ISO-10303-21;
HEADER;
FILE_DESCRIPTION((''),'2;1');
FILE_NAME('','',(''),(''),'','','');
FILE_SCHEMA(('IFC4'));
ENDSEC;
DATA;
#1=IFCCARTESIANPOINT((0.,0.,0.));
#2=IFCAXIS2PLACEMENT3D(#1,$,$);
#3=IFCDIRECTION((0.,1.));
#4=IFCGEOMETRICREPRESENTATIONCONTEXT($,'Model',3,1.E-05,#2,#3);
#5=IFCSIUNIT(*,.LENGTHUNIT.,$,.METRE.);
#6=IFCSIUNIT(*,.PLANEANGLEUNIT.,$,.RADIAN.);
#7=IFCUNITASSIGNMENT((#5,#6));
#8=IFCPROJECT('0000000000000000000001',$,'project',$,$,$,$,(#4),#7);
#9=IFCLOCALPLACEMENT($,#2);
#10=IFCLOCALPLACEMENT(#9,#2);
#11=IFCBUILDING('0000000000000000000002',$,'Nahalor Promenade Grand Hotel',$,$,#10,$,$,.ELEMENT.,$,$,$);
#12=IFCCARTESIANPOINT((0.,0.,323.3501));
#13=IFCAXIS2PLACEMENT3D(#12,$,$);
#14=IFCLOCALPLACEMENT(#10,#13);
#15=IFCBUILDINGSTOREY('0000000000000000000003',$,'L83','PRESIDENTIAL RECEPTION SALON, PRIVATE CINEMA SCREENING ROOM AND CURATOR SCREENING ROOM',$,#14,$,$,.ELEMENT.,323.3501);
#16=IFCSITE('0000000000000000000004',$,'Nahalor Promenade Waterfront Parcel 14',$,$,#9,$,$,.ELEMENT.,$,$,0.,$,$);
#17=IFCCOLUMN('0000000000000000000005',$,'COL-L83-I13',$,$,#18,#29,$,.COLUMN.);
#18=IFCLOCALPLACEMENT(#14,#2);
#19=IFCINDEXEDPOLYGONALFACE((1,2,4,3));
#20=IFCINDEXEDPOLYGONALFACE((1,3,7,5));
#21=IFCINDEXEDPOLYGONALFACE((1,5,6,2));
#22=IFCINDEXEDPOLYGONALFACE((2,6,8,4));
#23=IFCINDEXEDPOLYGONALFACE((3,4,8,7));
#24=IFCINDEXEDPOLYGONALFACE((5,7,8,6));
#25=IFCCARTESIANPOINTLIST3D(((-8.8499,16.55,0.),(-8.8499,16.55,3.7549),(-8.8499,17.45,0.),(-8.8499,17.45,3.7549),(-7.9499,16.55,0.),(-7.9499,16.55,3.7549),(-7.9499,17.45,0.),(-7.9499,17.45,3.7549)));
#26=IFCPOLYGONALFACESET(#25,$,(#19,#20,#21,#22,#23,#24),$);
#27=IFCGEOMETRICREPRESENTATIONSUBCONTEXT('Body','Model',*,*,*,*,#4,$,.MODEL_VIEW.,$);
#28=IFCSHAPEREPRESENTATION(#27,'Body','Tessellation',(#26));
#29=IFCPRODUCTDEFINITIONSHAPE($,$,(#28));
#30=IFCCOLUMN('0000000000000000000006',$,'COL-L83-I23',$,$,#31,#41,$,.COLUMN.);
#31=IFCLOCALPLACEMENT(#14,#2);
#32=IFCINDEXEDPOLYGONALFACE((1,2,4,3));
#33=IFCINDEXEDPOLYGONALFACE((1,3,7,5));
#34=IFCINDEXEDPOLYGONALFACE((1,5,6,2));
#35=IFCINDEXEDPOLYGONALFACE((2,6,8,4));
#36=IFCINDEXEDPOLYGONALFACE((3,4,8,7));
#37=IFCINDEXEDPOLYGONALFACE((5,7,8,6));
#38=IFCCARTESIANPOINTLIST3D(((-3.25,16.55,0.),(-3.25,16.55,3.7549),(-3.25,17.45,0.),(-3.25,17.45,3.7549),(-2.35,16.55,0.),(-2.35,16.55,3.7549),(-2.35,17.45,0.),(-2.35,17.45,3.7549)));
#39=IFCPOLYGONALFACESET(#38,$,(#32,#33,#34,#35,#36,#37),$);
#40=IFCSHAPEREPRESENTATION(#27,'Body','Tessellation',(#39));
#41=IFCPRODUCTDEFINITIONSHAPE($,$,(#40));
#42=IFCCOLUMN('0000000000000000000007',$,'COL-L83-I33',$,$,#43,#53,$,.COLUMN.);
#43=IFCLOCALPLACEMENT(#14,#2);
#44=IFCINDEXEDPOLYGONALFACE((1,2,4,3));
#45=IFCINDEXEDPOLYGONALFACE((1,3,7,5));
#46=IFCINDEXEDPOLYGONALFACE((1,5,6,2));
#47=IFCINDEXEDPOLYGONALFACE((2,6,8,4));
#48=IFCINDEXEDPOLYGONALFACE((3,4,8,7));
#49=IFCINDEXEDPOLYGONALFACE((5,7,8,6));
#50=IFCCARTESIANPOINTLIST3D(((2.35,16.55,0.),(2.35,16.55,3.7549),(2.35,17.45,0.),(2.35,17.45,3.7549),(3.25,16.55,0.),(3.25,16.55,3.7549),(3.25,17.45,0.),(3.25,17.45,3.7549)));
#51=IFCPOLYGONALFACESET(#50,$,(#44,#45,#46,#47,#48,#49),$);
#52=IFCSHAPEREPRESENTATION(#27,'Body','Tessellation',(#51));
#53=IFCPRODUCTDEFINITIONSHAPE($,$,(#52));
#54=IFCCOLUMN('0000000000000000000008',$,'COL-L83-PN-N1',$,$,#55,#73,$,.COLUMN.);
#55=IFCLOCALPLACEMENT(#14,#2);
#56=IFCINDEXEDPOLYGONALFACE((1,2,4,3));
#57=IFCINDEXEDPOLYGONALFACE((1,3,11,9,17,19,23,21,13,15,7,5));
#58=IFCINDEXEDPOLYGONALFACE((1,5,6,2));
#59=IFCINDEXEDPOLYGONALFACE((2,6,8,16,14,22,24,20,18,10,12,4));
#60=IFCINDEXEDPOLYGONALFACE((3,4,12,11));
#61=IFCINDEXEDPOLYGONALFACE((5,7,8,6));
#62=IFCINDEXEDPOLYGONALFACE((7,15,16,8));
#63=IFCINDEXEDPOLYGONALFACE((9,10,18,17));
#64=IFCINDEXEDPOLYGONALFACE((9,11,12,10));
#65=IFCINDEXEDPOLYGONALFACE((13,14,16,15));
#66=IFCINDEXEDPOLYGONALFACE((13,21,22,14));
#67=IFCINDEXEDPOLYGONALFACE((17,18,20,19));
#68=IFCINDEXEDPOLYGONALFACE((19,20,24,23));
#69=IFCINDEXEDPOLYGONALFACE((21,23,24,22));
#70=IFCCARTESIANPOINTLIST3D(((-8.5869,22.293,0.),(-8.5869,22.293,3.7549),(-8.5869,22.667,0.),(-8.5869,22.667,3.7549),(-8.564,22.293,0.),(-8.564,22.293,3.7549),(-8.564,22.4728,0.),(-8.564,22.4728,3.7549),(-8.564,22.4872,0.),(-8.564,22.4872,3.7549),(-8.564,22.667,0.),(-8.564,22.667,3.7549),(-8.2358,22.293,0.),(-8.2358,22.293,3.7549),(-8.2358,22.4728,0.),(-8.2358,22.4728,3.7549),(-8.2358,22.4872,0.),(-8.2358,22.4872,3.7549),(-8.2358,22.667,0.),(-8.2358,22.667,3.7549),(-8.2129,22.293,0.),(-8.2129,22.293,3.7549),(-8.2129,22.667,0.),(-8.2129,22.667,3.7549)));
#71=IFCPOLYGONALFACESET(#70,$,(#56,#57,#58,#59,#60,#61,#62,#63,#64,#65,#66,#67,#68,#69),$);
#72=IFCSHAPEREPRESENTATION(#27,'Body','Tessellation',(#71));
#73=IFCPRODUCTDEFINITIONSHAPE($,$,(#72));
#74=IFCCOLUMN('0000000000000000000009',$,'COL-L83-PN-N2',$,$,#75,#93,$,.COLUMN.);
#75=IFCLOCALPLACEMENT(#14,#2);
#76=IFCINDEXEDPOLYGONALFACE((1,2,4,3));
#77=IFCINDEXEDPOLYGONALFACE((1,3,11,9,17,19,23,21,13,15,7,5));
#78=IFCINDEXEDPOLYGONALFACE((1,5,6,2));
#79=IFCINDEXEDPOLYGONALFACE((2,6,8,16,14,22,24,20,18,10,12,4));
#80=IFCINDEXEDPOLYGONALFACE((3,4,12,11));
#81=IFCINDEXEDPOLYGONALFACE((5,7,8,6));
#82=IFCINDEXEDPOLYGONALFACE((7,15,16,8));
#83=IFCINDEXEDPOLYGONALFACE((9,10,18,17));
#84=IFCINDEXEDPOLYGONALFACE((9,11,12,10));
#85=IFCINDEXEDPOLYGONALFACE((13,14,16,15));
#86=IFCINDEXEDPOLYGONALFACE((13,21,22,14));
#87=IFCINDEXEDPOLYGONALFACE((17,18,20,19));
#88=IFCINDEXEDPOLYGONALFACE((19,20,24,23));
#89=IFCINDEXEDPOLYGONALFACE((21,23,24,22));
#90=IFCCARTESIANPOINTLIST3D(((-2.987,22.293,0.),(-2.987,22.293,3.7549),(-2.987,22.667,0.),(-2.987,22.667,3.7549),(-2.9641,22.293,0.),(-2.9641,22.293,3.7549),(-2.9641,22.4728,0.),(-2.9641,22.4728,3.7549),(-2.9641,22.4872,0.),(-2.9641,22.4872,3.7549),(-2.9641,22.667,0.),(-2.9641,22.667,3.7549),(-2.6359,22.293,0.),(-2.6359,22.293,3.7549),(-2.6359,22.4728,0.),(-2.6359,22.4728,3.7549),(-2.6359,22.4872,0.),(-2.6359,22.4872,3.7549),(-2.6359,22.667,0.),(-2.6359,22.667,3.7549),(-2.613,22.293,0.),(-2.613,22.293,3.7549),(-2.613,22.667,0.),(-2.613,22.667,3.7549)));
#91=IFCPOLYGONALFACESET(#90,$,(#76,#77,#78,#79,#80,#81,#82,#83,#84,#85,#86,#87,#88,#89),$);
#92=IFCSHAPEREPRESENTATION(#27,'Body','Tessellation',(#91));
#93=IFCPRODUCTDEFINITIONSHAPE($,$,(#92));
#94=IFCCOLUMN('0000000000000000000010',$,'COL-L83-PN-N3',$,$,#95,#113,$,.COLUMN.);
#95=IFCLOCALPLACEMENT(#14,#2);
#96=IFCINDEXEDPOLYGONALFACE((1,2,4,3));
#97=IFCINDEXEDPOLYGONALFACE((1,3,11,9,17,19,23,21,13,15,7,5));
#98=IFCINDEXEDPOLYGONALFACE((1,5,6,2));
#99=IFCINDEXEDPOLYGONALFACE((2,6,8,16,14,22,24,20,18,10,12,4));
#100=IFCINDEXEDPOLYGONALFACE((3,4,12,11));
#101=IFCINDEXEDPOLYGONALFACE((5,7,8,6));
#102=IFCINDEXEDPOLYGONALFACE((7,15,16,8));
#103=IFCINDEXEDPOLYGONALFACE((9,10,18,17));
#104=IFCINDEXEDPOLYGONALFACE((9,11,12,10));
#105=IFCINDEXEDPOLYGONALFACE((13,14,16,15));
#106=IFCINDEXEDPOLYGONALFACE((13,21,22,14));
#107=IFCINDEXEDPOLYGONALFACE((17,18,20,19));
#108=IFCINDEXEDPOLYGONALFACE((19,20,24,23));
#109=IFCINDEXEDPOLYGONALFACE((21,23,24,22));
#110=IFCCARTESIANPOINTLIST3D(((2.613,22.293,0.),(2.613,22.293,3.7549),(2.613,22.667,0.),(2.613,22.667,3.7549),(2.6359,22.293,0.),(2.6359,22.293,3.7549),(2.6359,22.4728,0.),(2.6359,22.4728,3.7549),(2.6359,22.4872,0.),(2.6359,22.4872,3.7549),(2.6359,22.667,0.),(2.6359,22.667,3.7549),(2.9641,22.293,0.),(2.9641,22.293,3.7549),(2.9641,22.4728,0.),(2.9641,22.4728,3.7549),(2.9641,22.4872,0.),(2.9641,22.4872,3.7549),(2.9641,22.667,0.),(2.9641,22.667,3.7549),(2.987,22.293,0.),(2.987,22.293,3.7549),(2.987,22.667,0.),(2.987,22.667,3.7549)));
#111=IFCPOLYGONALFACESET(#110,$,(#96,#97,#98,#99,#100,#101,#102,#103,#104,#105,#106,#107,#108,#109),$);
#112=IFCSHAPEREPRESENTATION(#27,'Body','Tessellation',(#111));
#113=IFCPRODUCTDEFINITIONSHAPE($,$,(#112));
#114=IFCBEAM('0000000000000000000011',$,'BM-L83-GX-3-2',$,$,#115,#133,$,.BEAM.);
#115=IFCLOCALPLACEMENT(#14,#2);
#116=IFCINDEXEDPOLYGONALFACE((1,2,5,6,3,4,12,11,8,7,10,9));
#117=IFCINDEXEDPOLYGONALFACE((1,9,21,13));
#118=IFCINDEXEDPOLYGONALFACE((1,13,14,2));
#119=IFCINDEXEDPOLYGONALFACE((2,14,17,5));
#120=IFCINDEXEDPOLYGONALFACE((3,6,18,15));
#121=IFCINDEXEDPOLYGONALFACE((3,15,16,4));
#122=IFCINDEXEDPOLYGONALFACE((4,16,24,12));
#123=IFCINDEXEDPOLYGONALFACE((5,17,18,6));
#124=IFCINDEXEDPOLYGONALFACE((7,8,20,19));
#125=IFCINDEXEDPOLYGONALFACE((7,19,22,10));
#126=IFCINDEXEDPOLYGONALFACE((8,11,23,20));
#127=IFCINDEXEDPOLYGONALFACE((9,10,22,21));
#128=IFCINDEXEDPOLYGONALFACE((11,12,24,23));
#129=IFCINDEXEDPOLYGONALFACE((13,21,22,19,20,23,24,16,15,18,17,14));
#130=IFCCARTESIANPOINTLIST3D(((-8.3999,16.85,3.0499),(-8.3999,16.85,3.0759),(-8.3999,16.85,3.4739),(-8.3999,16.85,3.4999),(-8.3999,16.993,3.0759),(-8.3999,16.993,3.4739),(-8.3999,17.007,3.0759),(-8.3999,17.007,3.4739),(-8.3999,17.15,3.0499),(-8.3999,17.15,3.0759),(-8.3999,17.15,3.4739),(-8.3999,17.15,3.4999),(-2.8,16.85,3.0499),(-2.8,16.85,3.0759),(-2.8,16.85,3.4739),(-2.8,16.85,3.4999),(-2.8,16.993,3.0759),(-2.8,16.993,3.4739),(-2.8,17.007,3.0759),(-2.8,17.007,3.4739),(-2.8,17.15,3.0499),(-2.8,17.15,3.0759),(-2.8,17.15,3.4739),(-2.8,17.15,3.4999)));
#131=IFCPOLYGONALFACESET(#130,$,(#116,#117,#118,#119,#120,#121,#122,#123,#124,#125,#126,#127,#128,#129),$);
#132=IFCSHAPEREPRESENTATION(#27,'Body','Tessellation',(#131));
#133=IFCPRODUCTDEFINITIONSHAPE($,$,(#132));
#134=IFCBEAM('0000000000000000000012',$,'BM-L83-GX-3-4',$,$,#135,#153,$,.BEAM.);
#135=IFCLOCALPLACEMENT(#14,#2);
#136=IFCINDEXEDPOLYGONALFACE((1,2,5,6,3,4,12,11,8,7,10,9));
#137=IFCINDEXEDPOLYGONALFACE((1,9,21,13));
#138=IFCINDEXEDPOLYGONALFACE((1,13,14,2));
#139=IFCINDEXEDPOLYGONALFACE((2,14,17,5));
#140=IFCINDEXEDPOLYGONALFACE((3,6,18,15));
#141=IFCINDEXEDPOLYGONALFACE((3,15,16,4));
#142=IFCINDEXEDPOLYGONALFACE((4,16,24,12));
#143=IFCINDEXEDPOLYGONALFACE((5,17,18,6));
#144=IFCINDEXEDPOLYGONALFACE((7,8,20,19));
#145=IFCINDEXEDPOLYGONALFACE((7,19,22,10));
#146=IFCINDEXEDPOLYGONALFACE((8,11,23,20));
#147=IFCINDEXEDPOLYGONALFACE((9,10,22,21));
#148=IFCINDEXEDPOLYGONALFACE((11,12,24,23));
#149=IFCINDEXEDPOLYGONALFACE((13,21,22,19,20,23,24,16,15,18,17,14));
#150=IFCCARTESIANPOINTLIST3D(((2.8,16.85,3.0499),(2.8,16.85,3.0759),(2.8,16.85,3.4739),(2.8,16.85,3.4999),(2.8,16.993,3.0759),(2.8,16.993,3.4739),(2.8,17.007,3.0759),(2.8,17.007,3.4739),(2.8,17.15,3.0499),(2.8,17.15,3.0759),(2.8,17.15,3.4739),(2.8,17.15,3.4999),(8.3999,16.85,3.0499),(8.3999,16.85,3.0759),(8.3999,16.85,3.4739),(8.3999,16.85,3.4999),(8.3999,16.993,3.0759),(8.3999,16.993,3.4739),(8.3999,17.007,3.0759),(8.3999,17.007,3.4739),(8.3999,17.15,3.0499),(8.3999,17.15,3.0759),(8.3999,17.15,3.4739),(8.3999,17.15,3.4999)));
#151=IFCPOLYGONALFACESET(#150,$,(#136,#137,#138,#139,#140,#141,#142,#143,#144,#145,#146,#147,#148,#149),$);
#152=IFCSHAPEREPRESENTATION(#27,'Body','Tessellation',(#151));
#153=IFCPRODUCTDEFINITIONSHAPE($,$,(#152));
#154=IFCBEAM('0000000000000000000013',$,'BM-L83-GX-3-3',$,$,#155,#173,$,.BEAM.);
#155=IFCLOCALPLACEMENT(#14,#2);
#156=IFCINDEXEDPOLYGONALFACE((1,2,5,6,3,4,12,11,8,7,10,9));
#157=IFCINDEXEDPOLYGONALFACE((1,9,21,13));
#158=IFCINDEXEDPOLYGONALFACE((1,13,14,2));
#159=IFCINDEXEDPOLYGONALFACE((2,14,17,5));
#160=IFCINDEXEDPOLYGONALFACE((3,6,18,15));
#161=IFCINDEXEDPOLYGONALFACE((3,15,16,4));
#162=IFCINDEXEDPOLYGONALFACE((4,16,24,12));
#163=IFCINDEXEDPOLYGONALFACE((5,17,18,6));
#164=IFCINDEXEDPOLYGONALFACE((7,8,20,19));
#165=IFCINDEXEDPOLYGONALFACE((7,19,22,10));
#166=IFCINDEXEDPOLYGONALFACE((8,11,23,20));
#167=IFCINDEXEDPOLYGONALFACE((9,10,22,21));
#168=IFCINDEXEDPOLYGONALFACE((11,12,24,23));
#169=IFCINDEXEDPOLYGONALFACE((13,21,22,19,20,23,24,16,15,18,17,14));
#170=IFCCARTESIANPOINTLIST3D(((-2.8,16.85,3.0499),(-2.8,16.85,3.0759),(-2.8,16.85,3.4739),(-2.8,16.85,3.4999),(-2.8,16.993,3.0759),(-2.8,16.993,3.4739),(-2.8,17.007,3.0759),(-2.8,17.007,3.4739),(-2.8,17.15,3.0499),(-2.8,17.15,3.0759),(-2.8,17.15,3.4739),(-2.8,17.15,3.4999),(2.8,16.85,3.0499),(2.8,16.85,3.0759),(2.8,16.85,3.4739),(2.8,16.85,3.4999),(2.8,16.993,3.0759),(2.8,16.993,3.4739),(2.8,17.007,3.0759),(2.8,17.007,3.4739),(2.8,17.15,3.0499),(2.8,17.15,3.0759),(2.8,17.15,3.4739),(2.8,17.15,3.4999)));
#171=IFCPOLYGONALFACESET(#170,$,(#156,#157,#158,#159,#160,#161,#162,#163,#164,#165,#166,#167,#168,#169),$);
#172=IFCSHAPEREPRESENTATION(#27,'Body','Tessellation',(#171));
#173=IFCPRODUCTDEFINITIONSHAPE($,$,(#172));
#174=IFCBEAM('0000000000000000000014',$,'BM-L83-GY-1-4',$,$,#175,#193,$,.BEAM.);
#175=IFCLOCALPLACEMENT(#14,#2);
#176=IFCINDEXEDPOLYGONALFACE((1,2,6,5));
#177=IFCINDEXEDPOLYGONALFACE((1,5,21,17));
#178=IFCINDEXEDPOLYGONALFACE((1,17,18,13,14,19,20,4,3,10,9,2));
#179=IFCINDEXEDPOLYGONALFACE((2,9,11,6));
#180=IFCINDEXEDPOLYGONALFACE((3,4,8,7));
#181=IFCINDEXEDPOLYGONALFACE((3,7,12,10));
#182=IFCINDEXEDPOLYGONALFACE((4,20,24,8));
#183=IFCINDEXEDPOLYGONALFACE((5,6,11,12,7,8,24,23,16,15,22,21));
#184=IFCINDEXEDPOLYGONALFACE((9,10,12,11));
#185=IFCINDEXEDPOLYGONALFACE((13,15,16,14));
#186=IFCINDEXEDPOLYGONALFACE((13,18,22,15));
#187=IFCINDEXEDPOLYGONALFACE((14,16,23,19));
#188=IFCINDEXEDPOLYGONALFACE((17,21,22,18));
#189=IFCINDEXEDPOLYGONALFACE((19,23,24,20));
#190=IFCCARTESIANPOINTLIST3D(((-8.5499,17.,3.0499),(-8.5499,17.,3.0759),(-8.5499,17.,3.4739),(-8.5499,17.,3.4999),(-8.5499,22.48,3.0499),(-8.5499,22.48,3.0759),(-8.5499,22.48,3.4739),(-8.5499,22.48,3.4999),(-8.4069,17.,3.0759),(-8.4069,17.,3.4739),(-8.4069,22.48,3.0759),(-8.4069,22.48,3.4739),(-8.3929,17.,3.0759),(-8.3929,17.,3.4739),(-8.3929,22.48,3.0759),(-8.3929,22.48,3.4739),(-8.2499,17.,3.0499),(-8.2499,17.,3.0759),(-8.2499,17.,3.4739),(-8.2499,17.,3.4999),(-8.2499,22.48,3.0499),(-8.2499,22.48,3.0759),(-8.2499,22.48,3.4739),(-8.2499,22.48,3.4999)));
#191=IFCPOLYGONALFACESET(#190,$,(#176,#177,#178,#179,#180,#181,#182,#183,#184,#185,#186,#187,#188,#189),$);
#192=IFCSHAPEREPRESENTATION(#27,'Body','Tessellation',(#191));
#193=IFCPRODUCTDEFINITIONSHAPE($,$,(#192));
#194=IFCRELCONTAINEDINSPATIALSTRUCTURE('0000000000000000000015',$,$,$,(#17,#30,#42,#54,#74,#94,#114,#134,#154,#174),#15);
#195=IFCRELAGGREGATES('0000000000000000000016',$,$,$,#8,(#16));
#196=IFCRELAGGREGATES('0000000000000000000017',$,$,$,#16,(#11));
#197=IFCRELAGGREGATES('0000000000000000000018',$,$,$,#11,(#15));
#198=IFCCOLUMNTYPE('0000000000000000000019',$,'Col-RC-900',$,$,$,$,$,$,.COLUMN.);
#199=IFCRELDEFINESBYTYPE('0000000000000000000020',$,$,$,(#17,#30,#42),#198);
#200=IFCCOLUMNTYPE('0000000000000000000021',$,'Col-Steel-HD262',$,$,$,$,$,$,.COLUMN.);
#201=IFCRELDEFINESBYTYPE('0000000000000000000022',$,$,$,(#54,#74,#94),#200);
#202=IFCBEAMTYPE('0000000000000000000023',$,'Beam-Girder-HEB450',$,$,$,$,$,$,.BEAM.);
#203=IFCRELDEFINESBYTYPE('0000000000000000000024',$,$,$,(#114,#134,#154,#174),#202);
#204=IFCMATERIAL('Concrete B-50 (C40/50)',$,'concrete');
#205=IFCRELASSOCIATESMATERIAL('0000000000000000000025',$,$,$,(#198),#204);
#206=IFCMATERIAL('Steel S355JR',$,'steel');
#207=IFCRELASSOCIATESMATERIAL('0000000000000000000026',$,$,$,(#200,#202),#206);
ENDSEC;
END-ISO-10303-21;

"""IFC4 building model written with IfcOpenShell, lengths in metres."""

from ifc_helpers import new_model, si_unit, direction, frame, origin, origin_2d, place, context, subcontext, project, spatial, rectangle, i_section, extrude, source, transform, mapped, material, material_profile, profile_set, type_object, element, save


model = new_model("IFC4")

# Units and contexts
model_context = context("Model", 3, precision=1e-05, world=origin(), true_north=direction((0.0, 1.0)))
body_context = subcontext(model_context, "Body", "Model", "MODEL_VIEW")
ifc_project = project(units=[si_unit("LENGTHUNIT", "METRE"), si_unit("PLANEANGLEUNIT", "RADIAN")], contexts=[model_context])

# Site, building, storey
site_placement = place(None, origin())
site = spatial("IfcSite", under=ifc_project, at=site_placement, Name="Nahalor Promenade Waterfront Parcel 14", CompositionType="ELEMENT", RefElevation=0.0)
building_placement = place(site_placement, origin())
building = spatial("IfcBuilding", under=site, at=building_placement, Name="Nahalor Promenade Grand Hotel", CompositionType="ELEMENT")
storey_placement = place(building_placement, frame((0.0, 0.0, 323.3501)))
storey = spatial("IfcBuildingStorey", under=building, at=storey_placement, Name="L83", Description="PRESIDENTIAL RECEPTION SALON, PRIVATE CINEMA SCREENING ROOM AND CURATOR SCREENING ROOM", CompositionType="ELEMENT", Elevation=323.3501)

# Columns
ifc_material_1 = material(Name="Concrete B-50 (C40/50)", Category="concrete")
ifc_material_profile_1 = material_profile(ifc_material_1, rectangle(XDim=0.9, YDim=0.9, at=origin_2d()), Name="RC 900x900")
ifc_profile_set_1 = profile_set([ifc_material_profile_1], Name="Concrete B-50 (C40/50)")
column_type_1 = type_object("IfcColumnType", Name="Col-RC-900", PredefinedType="COLUMN", material=ifc_profile_set_1)
shared_shape_1 = source(origin(), body_context, "Body", "SweptSolid", [
    extrude(rectangle(XDim=0.9, YDim=0.9, at=origin_2d()), origin(), (0.0, 0.0, 1.0), 3.7549),
])
for number, where, z_axis, x_axis, name in (
    (1, (-8.3999, 17.0, 0.0), (0.0, 0.0, 1.0), (1.0, 0.0, 0.0), "COL-L83-I13"),
    (2, (-2.8, 17.0, 0.0), (0.0, 0.0, 1.0), (1.0, 0.0, 0.0), "COL-L83-I23"),
    (3, (2.8, 17.0, 0.0), (0.0, 0.0, 1.0), (1.0, 0.0, 0.0), "COL-L83-I33"),
):
    element("IfcColumn", number, at=place(storey_placement, frame(where, z_axis=z_axis, x_axis=x_axis)), inside=storey, type_object=column_type_1, Name=name, PredefinedType="COLUMN", context=body_context, shape_type="MappedRepresentation", body=[
        mapped(shared_shape_1, transform((0.0, 0.0, 0.0), scale=1.0)),
    ])
ifc_material_2 = material(Name="Steel S355JR", Category="steel")
ifc_material_profile_2 = material_profile(ifc_material_2, i_section(OverallWidth=0.374, OverallDepth=0.374, WebThickness=0.0144, FlangeThickness=0.0229, at=origin_2d()), Name="HD 360x262")
ifc_profile_set_2 = profile_set([ifc_material_profile_2], Name="Steel S355JR")
column_type_2 = type_object("IfcColumnType", Name="Col-Steel-HD262", PredefinedType="COLUMN", material=ifc_profile_set_2)
shared_shape_2 = source(origin(), body_context, "Body", "SweptSolid", [
    extrude(i_section(OverallWidth=0.374, OverallDepth=0.374, WebThickness=0.0144, FlangeThickness=0.0229, at=origin_2d()), origin(), (0.0, 0.0, 1.0), 3.7549),
])
for number, where, z_axis, x_axis, name in (
    (4, (-8.3999, 22.48, 0.0), (0.0, 0.0, 1.0), (0.0, 1.0, 0.0), "COL-L83-PN-N1"),
    (5, (-2.8, 22.48, 0.0), (0.0, 0.0, 1.0), (0.0, 1.0, 0.0), "COL-L83-PN-N2"),
    (6, (2.8, 22.48, 0.0), (0.0, 0.0, 1.0), (0.0, 1.0, 0.0), "COL-L83-PN-N3"),
):
    element("IfcColumn", number, at=place(storey_placement, frame(where, z_axis=z_axis, x_axis=x_axis)), inside=storey, type_object=column_type_2, Name=name, PredefinedType="COLUMN", context=body_context, shape_type="MappedRepresentation", body=[
        mapped(shared_shape_2, transform((0.0, 0.0, 0.0), scale=1.0)),
    ])

# Beams
ifc_material_profile_3 = material_profile(ifc_material_2, i_section(OverallWidth=0.3, OverallDepth=0.45, WebThickness=0.014, FlangeThickness=0.026, at=origin_2d()), Name="HEB 450")
ifc_profile_set_3 = profile_set([ifc_material_profile_3], Name="Steel S355JR")
beam_type_1 = type_object("IfcBeamType", Name="Beam-Girder-HEB450", PredefinedType="BEAM", material=ifc_profile_set_3)
shared_shape_3 = source(origin(), body_context, "Body", "SweptSolid", [
    extrude(i_section(OverallWidth=0.3, OverallDepth=0.45, WebThickness=0.014, FlangeThickness=0.026, at=origin_2d()), origin(), (0.0, 0.0, 1.0), 5.5999),
])
for number, where, z_axis, x_axis, name in (
    (7, (-8.3999, 17.0, 3.2749), (1.0, 0.0, 0.0), (0.0, 1.0, 0.0), "BM-L83-GX-3-2"),
    (8, (2.8, 17.0, 3.2749), (1.0, 0.0, 0.0), (0.0, 1.0, 0.0), "BM-L83-GX-3-4"),
):
    element("IfcBeam", number, at=place(storey_placement, frame(where, z_axis=z_axis, x_axis=x_axis)), inside=storey, type_object=beam_type_1, Name=name, PredefinedType="BEAM", context=body_context, shape_type="MappedRepresentation", body=[
        mapped(shared_shape_3, transform((0.0, 0.0, 0.0), scale=1.0)),
    ])
shared_shape_4 = source(origin(), body_context, "Body", "SweptSolid", [
    extrude(i_section(OverallWidth=0.3, OverallDepth=0.45, WebThickness=0.014, FlangeThickness=0.026, at=origin_2d()), origin(), (0.0, 0.0, 1.0), 5.6001),
])
beam_1_placement = place(storey_placement, frame((-2.8, 17.0, 3.2749), z_axis=(1.0, 0.0, 0.0), x_axis=(0.0, 1.0, 0.0)))
element("IfcBeam", 9, at=beam_1_placement, inside=storey, type_object=beam_type_1, Name="BM-L83-GX-3-3", PredefinedType="BEAM", context=body_context, shape_type="MappedRepresentation", body=[
    mapped(shared_shape_4, transform((0.0, 0.0, 0.0), scale=1.0)),
])
shared_shape_5 = source(origin(), body_context, "Body", "SweptSolid", [
    extrude(i_section(OverallWidth=0.3, OverallDepth=0.45, WebThickness=0.014, FlangeThickness=0.026, at=origin_2d()), origin(), (0.0, 0.0, 1.0), 5.48),
])
for number, where, z_axis, x_axis, name in (
    (10, (-8.3999, 17.0, 3.2749), (0.0, 1.0, 0.0), (-1.0, 0.0, 0.0), "BM-L83-GY-1-4"),
):
    element("IfcBeam", number, at=place(storey_placement, frame(where, z_axis=z_axis, x_axis=x_axis)), inside=storey, type_object=beam_type_1, Name=name, PredefinedType="BEAM", context=body_context, shape_type="MappedRepresentation", body=[
        mapped(shared_shape_5, transform((0.0, 0.0, 0.0), scale=1.0)),
    ])

save(model, "model.ifc")
